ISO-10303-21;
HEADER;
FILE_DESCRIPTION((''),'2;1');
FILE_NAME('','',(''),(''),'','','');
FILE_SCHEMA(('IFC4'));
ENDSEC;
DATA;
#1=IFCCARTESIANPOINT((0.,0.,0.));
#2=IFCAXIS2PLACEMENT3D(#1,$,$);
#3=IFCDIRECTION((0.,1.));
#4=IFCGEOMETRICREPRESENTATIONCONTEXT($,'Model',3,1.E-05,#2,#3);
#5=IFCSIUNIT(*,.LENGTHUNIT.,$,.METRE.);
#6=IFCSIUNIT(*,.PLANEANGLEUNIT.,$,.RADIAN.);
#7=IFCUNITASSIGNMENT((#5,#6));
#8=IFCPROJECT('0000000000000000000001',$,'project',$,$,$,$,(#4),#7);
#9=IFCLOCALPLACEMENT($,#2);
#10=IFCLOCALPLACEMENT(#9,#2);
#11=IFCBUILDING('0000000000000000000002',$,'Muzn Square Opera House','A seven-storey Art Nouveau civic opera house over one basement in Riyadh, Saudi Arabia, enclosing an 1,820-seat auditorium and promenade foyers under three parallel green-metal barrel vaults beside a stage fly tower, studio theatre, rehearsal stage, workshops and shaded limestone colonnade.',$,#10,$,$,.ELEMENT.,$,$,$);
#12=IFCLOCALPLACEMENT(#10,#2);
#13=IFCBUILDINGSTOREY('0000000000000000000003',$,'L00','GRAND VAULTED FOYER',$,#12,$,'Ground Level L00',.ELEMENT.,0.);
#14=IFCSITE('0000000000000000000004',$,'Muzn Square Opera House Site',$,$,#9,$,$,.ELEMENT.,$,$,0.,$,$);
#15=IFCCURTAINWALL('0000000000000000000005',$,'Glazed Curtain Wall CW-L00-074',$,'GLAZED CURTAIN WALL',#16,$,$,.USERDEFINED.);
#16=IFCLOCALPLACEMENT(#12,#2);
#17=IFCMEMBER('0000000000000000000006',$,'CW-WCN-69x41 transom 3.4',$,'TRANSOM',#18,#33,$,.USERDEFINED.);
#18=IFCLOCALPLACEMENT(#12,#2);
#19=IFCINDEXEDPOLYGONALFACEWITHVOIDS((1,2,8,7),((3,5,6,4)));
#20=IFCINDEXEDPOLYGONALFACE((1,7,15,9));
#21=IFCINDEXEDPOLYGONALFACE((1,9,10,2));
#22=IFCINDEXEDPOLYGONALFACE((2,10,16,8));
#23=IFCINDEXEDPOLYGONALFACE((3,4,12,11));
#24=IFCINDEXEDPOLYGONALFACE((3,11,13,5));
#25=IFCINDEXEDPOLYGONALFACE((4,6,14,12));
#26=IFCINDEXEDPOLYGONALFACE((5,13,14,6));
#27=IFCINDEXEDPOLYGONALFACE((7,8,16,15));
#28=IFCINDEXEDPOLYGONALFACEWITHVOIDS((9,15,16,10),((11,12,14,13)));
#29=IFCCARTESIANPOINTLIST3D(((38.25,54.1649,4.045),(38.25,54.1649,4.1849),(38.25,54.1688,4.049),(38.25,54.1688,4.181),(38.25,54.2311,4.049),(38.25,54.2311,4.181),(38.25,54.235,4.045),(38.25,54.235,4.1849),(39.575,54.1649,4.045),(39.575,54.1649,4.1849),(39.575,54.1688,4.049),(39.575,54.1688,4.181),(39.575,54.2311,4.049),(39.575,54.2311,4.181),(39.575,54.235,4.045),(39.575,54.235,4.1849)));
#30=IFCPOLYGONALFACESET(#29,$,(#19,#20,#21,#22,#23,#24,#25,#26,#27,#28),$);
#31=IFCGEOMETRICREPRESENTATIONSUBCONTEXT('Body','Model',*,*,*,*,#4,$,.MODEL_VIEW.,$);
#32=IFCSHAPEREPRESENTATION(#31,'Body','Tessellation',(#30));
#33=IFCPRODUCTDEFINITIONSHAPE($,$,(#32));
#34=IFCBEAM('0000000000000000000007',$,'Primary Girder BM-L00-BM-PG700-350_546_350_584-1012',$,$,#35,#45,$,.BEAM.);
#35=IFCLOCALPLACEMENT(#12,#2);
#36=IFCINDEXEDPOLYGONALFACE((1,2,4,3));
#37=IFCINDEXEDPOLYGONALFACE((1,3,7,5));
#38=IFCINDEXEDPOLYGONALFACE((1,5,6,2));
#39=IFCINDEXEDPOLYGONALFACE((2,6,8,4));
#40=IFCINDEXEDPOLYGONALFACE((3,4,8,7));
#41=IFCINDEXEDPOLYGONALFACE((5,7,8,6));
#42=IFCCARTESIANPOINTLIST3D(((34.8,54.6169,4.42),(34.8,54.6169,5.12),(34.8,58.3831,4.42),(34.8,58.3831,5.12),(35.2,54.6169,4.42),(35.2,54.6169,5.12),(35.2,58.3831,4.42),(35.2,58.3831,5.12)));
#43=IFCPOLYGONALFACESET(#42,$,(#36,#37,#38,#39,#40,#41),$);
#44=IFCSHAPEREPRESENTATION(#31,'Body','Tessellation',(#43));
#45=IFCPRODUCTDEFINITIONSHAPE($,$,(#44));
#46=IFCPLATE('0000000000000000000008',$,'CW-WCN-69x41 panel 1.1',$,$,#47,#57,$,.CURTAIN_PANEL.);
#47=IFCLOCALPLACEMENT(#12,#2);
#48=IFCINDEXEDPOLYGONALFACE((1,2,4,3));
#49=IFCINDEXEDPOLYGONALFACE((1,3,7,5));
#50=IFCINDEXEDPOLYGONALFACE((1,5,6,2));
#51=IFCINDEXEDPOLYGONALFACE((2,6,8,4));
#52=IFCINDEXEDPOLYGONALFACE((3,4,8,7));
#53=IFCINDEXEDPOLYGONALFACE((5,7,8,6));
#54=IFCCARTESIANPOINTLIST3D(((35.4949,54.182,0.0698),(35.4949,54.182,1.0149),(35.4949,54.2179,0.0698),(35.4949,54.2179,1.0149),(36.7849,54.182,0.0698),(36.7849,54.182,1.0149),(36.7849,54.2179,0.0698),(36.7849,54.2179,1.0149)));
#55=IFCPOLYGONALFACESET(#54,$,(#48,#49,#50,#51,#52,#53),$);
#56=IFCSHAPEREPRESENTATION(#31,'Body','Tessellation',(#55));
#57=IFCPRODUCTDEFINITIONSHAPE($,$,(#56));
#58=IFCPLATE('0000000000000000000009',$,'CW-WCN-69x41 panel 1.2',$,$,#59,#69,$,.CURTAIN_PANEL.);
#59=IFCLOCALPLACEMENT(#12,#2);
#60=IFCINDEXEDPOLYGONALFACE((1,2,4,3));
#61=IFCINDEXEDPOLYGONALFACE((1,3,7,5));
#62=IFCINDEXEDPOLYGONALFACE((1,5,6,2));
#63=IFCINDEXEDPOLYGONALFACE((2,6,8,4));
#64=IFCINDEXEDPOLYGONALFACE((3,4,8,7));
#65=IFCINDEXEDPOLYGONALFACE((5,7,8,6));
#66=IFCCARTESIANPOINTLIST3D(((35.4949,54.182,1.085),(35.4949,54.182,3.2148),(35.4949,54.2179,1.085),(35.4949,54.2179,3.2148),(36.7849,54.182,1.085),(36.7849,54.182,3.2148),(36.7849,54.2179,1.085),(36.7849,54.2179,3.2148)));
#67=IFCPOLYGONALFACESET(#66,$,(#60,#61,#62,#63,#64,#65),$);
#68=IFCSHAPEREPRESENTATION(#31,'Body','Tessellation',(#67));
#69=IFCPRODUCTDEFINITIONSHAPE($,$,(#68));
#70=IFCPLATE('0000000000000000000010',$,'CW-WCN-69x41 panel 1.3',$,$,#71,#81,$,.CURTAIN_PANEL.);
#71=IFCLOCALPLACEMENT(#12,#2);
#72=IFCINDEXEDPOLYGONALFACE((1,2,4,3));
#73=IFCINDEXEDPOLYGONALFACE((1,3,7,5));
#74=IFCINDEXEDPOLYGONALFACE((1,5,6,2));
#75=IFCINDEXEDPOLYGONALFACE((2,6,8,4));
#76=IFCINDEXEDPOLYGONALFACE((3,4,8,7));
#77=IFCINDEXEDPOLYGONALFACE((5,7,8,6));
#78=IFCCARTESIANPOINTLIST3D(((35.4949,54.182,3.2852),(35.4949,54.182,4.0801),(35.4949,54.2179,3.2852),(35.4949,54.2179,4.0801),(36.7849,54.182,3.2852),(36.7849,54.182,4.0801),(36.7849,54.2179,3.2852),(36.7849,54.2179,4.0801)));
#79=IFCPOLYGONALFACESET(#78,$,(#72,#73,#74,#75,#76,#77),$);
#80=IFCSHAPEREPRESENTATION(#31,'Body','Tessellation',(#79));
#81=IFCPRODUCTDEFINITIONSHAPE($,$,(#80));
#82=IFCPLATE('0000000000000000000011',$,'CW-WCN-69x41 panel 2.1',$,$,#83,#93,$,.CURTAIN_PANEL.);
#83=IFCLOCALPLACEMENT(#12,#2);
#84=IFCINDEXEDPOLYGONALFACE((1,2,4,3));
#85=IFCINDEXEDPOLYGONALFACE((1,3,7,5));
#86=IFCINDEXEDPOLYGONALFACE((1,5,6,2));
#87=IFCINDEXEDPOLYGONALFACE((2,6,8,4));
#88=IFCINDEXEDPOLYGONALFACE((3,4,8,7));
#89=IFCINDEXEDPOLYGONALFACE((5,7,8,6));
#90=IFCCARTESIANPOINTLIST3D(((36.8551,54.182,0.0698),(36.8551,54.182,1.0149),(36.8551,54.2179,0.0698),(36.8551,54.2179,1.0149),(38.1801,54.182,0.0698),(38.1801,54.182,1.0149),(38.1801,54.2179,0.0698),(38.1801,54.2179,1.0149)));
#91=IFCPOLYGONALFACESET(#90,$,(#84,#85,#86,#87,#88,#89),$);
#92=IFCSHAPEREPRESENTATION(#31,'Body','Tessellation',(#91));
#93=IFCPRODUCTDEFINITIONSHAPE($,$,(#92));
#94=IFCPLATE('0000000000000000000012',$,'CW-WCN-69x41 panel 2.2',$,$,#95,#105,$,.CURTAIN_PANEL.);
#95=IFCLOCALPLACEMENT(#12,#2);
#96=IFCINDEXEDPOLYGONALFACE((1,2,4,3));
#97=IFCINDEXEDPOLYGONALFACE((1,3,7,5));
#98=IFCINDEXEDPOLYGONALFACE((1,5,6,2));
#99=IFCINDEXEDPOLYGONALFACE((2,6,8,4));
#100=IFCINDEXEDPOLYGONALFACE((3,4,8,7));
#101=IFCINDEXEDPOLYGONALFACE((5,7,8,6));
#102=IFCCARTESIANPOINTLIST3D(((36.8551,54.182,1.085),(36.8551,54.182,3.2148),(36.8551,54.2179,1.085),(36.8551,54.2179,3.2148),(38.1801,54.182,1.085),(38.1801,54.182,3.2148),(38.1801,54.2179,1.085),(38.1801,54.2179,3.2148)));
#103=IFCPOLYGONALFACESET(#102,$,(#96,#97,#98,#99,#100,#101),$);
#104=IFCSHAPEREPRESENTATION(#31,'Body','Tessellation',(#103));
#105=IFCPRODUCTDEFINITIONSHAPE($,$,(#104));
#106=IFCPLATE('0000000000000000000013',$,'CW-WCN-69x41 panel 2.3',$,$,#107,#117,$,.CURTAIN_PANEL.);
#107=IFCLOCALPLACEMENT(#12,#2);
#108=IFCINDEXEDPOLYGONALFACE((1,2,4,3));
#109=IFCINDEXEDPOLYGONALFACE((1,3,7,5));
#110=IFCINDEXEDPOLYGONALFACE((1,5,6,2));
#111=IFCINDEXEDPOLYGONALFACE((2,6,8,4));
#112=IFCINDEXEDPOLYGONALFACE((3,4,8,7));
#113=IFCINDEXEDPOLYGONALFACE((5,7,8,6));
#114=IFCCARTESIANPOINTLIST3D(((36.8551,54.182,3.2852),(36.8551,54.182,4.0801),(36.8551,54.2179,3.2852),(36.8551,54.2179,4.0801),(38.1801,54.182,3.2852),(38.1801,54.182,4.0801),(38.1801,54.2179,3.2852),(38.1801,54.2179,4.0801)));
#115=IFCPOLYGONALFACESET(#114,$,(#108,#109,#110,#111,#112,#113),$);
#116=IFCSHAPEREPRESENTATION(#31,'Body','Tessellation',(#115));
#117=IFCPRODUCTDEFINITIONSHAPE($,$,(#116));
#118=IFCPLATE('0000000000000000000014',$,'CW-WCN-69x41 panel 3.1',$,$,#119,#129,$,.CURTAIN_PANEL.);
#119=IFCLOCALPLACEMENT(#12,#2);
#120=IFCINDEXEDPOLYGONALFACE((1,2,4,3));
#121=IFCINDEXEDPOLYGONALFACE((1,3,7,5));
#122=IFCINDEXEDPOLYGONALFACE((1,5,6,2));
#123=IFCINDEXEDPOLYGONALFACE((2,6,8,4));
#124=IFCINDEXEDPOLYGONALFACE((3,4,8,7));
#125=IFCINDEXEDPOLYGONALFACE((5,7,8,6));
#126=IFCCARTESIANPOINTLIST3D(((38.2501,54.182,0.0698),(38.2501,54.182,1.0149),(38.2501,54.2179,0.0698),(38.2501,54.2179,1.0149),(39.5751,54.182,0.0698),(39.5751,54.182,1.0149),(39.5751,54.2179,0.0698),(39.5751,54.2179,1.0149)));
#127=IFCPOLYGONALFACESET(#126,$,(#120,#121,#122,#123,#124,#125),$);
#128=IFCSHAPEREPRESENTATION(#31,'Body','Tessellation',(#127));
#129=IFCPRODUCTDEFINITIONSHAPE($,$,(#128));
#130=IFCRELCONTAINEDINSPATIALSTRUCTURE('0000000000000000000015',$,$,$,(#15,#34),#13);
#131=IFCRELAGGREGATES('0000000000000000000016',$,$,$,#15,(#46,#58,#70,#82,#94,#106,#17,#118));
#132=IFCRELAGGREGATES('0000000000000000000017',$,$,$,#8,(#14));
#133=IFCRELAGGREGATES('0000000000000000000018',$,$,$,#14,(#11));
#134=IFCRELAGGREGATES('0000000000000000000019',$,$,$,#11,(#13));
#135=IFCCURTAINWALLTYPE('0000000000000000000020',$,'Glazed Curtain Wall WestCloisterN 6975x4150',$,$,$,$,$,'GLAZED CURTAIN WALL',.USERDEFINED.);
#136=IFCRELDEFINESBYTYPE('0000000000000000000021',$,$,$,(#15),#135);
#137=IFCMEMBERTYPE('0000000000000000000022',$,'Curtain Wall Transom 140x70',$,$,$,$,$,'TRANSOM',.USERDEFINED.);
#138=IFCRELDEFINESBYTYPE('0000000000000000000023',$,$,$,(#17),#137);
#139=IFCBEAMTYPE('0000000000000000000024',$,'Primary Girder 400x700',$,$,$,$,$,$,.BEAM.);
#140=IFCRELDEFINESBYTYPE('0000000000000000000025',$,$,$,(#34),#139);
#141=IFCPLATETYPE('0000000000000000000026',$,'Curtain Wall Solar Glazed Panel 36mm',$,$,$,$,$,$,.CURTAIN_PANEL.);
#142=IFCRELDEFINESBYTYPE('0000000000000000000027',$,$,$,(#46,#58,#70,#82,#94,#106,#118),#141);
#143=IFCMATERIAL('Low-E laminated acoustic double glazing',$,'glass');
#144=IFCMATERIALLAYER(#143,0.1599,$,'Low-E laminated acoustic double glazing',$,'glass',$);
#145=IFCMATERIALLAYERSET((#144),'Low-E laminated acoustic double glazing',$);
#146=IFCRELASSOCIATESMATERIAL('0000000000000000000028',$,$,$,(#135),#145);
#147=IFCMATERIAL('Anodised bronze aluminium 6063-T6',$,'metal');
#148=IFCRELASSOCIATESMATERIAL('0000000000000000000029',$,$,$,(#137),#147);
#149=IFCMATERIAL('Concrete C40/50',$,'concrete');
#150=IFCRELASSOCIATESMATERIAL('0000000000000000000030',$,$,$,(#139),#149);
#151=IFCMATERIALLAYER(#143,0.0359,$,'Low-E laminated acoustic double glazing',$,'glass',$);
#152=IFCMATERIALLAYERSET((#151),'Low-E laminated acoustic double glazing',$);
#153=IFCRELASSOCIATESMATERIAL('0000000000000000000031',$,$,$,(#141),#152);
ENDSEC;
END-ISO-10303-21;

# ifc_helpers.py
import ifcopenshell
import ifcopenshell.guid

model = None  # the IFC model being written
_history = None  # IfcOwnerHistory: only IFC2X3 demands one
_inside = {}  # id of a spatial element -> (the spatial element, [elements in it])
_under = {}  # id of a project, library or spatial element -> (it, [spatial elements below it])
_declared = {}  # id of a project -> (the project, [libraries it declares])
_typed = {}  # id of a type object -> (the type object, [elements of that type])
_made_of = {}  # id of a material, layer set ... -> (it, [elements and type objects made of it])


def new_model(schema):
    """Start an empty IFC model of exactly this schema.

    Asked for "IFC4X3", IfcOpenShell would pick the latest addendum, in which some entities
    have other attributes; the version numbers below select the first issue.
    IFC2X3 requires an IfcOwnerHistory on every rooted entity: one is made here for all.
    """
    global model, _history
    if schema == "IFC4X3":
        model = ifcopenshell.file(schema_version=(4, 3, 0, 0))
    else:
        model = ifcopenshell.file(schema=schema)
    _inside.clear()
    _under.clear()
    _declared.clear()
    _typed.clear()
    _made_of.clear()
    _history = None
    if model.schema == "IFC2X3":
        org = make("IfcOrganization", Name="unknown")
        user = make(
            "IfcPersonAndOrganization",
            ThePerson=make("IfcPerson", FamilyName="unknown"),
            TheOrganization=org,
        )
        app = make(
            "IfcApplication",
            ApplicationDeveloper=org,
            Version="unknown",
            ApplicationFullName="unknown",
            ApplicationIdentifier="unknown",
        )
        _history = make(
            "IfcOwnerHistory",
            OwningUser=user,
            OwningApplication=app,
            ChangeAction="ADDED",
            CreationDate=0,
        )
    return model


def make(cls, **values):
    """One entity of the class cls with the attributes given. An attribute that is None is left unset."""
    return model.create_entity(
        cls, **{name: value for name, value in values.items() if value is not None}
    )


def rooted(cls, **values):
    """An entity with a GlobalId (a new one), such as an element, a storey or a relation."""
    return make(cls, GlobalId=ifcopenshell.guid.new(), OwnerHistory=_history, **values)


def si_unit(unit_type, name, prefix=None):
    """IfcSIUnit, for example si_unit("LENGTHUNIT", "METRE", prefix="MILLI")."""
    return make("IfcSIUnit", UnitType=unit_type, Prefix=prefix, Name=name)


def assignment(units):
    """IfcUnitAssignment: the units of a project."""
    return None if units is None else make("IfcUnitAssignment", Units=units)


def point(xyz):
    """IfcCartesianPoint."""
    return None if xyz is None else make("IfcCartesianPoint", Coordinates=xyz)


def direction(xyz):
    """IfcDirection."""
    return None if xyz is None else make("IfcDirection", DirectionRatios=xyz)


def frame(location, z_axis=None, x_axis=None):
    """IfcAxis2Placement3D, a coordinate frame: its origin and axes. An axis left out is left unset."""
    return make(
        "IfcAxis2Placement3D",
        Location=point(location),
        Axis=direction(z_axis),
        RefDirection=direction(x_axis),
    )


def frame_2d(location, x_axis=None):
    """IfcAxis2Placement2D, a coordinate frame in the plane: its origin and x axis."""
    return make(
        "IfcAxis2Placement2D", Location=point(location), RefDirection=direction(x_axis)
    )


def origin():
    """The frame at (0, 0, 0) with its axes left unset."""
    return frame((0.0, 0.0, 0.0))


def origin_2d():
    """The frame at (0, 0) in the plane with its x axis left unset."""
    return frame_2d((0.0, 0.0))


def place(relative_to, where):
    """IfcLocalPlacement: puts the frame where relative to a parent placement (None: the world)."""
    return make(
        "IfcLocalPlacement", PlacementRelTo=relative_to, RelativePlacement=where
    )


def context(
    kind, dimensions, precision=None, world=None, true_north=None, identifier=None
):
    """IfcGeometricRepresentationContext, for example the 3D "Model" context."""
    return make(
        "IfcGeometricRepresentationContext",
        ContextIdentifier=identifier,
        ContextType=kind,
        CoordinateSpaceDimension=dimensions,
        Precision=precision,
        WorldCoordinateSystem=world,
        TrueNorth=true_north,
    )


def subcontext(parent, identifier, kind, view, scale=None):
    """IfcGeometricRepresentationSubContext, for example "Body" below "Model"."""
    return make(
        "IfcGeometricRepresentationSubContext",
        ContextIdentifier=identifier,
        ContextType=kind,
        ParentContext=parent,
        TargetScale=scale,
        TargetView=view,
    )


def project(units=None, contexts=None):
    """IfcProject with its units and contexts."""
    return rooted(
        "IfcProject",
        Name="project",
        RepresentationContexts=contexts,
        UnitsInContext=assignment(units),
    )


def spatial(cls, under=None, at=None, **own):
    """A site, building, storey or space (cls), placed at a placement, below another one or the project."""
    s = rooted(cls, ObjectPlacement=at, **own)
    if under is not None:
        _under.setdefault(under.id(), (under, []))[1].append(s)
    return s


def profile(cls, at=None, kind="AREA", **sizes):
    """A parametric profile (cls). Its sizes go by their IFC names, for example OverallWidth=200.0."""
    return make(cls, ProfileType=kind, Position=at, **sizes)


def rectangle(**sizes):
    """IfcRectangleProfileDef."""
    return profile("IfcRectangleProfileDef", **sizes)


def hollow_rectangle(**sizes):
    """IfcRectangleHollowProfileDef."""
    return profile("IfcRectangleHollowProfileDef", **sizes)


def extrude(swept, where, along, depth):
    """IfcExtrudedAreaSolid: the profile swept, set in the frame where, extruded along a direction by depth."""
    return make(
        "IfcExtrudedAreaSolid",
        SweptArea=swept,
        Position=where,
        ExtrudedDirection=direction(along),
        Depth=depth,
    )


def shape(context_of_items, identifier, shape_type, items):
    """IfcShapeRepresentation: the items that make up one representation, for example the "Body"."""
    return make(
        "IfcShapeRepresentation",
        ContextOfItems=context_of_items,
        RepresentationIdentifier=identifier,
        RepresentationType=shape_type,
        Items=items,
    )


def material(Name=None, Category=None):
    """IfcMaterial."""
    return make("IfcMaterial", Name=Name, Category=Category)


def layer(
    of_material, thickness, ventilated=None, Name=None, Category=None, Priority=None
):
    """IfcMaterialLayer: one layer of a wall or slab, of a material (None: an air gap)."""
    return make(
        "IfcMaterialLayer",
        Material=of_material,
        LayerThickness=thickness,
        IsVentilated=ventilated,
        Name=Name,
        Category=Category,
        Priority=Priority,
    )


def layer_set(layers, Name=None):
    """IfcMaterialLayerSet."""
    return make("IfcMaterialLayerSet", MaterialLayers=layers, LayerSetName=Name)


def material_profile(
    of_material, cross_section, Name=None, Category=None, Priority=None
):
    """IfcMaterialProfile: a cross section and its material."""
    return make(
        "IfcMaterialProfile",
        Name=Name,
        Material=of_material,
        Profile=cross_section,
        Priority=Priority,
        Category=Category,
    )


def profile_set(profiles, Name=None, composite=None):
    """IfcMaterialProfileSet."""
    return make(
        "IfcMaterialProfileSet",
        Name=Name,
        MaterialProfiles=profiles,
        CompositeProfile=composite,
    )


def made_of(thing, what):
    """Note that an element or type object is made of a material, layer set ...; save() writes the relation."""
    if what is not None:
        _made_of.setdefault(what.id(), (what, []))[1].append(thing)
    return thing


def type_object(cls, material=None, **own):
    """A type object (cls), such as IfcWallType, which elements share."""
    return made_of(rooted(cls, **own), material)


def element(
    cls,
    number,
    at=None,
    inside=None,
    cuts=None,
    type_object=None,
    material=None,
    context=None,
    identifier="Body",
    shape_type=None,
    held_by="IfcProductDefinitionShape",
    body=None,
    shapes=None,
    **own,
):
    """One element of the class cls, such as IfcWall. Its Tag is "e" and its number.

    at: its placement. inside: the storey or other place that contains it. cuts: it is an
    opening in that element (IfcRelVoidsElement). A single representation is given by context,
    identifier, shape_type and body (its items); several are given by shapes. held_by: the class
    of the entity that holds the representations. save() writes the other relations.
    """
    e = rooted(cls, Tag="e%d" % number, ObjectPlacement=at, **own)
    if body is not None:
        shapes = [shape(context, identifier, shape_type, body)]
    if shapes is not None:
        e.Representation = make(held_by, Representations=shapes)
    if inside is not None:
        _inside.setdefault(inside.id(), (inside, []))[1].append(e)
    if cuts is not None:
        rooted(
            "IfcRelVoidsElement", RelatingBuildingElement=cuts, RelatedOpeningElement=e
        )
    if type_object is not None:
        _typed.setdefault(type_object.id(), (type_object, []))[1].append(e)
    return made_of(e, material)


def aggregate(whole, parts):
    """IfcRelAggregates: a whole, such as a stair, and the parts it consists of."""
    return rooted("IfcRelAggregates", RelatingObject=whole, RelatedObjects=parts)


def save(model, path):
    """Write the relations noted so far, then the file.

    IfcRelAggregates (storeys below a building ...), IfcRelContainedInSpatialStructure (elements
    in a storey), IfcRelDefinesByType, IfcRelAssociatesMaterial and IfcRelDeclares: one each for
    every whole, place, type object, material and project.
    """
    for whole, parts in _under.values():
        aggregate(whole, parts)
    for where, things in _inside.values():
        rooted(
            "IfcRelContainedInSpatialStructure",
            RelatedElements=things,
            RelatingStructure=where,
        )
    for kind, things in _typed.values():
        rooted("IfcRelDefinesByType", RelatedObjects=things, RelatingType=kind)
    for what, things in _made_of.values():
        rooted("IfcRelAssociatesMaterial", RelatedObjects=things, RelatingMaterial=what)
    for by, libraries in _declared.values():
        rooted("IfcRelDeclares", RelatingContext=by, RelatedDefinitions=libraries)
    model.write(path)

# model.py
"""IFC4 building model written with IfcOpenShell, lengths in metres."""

from ifc_helpers import new_model, si_unit, direction, frame, origin, origin_2d, place, context, subcontext, project, spatial, rectangle, hollow_rectangle, extrude, material, layer, layer_set, material_profile, profile_set, type_object, element, aggregate, save


model = new_model("IFC4")

# Units and contexts
model_context = context("Model", 3, precision=1e-05, world=origin(), true_north=direction((0.0, 1.0)))
body_context = subcontext(model_context, "Body", "Model", "MODEL_VIEW")
ifc_project = project(units=[si_unit("LENGTHUNIT", "METRE"), si_unit("PLANEANGLEUNIT", "RADIAN")], contexts=[model_context])

# Site, building, storey
site_placement = place(None, origin())
site = spatial("IfcSite", under=ifc_project, at=site_placement, Name="Muzn Square Opera House Site", CompositionType="ELEMENT", RefElevation=0.0)
building_placement = place(site_placement, origin())
building = spatial("IfcBuilding", under=site, at=building_placement, Name="Muzn Square Opera House", Description="A seven-storey Art Nouveau civic opera house over one basement in Riyadh, Saudi Arabia, enclosing an 1,820-seat auditorium and promenade foyers under three parallel green-metal barrel vaults beside a stage fly tower, studio theatre, rehearsal stage, workshops and shaded limestone colonnade.", CompositionType="ELEMENT")
storey_placement = place(building_placement, origin())
storey = spatial("IfcBuildingStorey", under=building, at=storey_placement, Name="L00", Description="GRAND VAULTED FOYER", LongName="Ground Level L00", CompositionType="ELEMENT", Elevation=0.0)

# Curtain wall, member
ifc_material_1 = material(Name="Low-E laminated acoustic double glazing", Category="glass")
ifc_layer_1 = layer(ifc_material_1, 0.1599, Name="Low-E laminated acoustic double glazing", Category="glass")
ifc_layer_set_1 = layer_set([ifc_layer_1], Name="Low-E laminated acoustic double glazing")
curtain_wall_type = type_object("IfcCurtainWallType", Name="Glazed Curtain Wall WestCloisterN 6975x4150", ElementType="GLAZED CURTAIN WALL", PredefinedType="USERDEFINED", material=ifc_layer_set_1)
curtain_wall_placement = place(storey_placement, origin())
curtain_wall = element("IfcCurtainWall", 1, at=curtain_wall_placement, inside=storey, type_object=curtain_wall_type, Name="Glazed Curtain Wall CW-L00-074", ObjectType="GLAZED CURTAIN WALL", PredefinedType="USERDEFINED")
ifc_material_2 = material(Name="Anodised bronze aluminium 6063-T6", Category="metal")
ifc_material_profile_1 = material_profile(ifc_material_2, hollow_rectangle(XDim=0.0701, YDim=0.1399, WallThickness=0.0039, at=origin_2d()), Name="ALU 140x70x4", Category="metal")
ifc_profile_set_1 = profile_set([ifc_material_profile_1], Name="Anodised bronze aluminium 6063-T6")
member_type_1 = type_object("IfcMemberType", Name="Curtain Wall Transom 140x70", ElementType="TRANSOM", PredefinedType="USERDEFINED", material=ifc_profile_set_1)
member_1_placement = place(storey_placement, frame((38.25, 54.2, 4.115), z_axis=(1.0, 0.0, 0.0), x_axis=(0.0, 1.0, 0.0)))
member_1 = element("IfcMember", 2, at=member_1_placement, type_object=member_type_1, Name="CW-WCN-69x41 transom 3.4", ObjectType="TRANSOM", PredefinedType="USERDEFINED", context=body_context, shape_type="SweptSolid", body=[
    extrude(hollow_rectangle(XDim=0.0701, YDim=0.1399, WallThickness=0.0039, at=origin_2d()), origin(), (0.0, 0.0, 1.0), 1.325),
])

# Beam
ifc_material_3 = material(Name="Concrete C40/50", Category="concrete")
ifc_material_profile_2 = material_profile(ifc_material_3, rectangle(XDim=0.3999, YDim=0.7, at=origin_2d()), Name="RCB 400x700", Category="concrete")
ifc_profile_set_2 = profile_set([ifc_material_profile_2], Name="Concrete C40/50")
beam_type = type_object("IfcBeamType", Name="Primary Girder 400x700", PredefinedType="BEAM", material=ifc_profile_set_2)
beam_placement = place(storey_placement, frame((35.0, 54.6169, 4.77), z_axis=(0.0, 1.0, 0.0), x_axis=(-1.0, 0.0, 0.0)))
element("IfcBeam", 3, at=beam_placement, inside=storey, type_object=beam_type, Name="Primary Girder BM-L00-BM-PG700-350_546_350_584-1012", PredefinedType="BEAM", context=body_context, shape_type="SweptSolid", body=[
    extrude(rectangle(XDim=0.3999, YDim=0.7, at=origin_2d()), origin(), (0.0, 0.0, 1.0), 3.7661),
])

# Plates
ifc_layer_2 = layer(ifc_material_1, 0.0359, Name="Low-E laminated acoustic double glazing", Category="glass")
ifc_layer_set_2 = layer_set([ifc_layer_2], Name="Low-E laminated acoustic double glazing")
plate_type = type_object("IfcPlateType", Name="Curtain Wall Solar Glazed Panel 36mm", PredefinedType="CURTAIN_PANEL", material=ifc_layer_set_2)
plate_1_placement = place(storey_placement, frame((36.1399, 54.2, 0.0698), z_axis=(0.0, 0.0, 1.0), x_axis=(1.0, 0.0, 0.0)))
plate_1 = element("IfcPlate", 4, at=plate_1_placement, type_object=plate_type, Name="CW-WCN-69x41 panel 1.1", PredefinedType="CURTAIN_PANEL", context=body_context, shape_type="SweptSolid", body=[
    extrude(rectangle(XDim=1.29, YDim=0.0359, at=origin_2d()), origin(), (0.0, 0.0, 1.0), 0.9451),
])
plate_2_placement = place(storey_placement, frame((36.1399, 54.2, 1.085), z_axis=(0.0, 0.0, 1.0), x_axis=(1.0, 0.0, 0.0)))
plate_2 = element("IfcPlate", 5, at=plate_2_placement, type_object=plate_type, Name="CW-WCN-69x41 panel 1.2", PredefinedType="CURTAIN_PANEL", context=body_context, shape_type="SweptSolid", body=[
    extrude(rectangle(XDim=1.29, YDim=0.0359, at=origin_2d()), origin(), (0.0, 0.0, 1.0), 2.1299),
])
plate_3_placement = place(storey_placement, frame((36.1399, 54.2, 3.2852), z_axis=(0.0, 0.0, 1.0), x_axis=(1.0, 0.0, 0.0)))
plate_3 = element("IfcPlate", 6, at=plate_3_placement, type_object=plate_type, Name="CW-WCN-69x41 panel 1.3", PredefinedType="CURTAIN_PANEL", context=body_context, shape_type="SweptSolid", body=[
    extrude(rectangle(XDim=1.29, YDim=0.0359, at=origin_2d()), origin(), (0.0, 0.0, 1.0), 0.7949),
])
plate_4_placement = place(storey_placement, frame((37.5176, 54.2, 0.0698), z_axis=(0.0, 0.0, 1.0), x_axis=(1.0, 0.0, 0.0)))
plate_4 = element("IfcPlate", 7, at=plate_4_placement, type_object=plate_type, Name="CW-WCN-69x41 panel 2.1", PredefinedType="CURTAIN_PANEL", context=body_context, shape_type="SweptSolid", body=[
    extrude(rectangle(XDim=1.325, YDim=0.0359, at=origin_2d()), origin(), (0.0, 0.0, 1.0), 0.9451),
])
plate_5_placement = place(storey_placement, frame((37.5176, 54.2, 1.085), z_axis=(0.0, 0.0, 1.0), x_axis=(1.0, 0.0, 0.0)))
plate_5 = element("IfcPlate", 8, at=plate_5_placement, type_object=plate_type, Name="CW-WCN-69x41 panel 2.2", PredefinedType="CURTAIN_PANEL", context=body_context, shape_type="SweptSolid", body=[
    extrude(rectangle(XDim=1.325, YDim=0.0359, at=origin_2d()), origin(), (0.0, 0.0, 1.0), 2.1299),
])
plate_6_placement = place(storey_placement, frame((37.5176, 54.2, 3.2852), z_axis=(0.0, 0.0, 1.0), x_axis=(1.0, 0.0, 0.0)))
plate_6 = element("IfcPlate", 9, at=plate_6_placement, type_object=plate_type, Name="CW-WCN-69x41 panel 2.3", PredefinedType="CURTAIN_PANEL", context=body_context, shape_type="SweptSolid", body=[
    extrude(rectangle(XDim=1.325, YDim=0.0359, at=origin_2d()), origin(), (0.0, 0.0, 1.0), 0.7949),
])
plate_7_placement = place(storey_placement, frame((38.9126, 54.2, 0.0698), z_axis=(0.0, 0.0, 1.0), x_axis=(1.0, 0.0, 0.0)))
plate_7 = element("IfcPlate", 10, at=plate_7_placement, type_object=plate_type, Name="CW-WCN-69x41 panel 3.1", PredefinedType="CURTAIN_PANEL", context=body_context, shape_type="SweptSolid", body=[
    extrude(rectangle(XDim=1.325, YDim=0.0359, at=origin_2d()), origin(), (0.0, 0.0, 1.0), 0.9451),
])
aggregate(curtain_wall, [plate_1, plate_2, plate_3, plate_4, plate_5, plate_6, member_1, plate_7])

save(model, "model.ifc")
